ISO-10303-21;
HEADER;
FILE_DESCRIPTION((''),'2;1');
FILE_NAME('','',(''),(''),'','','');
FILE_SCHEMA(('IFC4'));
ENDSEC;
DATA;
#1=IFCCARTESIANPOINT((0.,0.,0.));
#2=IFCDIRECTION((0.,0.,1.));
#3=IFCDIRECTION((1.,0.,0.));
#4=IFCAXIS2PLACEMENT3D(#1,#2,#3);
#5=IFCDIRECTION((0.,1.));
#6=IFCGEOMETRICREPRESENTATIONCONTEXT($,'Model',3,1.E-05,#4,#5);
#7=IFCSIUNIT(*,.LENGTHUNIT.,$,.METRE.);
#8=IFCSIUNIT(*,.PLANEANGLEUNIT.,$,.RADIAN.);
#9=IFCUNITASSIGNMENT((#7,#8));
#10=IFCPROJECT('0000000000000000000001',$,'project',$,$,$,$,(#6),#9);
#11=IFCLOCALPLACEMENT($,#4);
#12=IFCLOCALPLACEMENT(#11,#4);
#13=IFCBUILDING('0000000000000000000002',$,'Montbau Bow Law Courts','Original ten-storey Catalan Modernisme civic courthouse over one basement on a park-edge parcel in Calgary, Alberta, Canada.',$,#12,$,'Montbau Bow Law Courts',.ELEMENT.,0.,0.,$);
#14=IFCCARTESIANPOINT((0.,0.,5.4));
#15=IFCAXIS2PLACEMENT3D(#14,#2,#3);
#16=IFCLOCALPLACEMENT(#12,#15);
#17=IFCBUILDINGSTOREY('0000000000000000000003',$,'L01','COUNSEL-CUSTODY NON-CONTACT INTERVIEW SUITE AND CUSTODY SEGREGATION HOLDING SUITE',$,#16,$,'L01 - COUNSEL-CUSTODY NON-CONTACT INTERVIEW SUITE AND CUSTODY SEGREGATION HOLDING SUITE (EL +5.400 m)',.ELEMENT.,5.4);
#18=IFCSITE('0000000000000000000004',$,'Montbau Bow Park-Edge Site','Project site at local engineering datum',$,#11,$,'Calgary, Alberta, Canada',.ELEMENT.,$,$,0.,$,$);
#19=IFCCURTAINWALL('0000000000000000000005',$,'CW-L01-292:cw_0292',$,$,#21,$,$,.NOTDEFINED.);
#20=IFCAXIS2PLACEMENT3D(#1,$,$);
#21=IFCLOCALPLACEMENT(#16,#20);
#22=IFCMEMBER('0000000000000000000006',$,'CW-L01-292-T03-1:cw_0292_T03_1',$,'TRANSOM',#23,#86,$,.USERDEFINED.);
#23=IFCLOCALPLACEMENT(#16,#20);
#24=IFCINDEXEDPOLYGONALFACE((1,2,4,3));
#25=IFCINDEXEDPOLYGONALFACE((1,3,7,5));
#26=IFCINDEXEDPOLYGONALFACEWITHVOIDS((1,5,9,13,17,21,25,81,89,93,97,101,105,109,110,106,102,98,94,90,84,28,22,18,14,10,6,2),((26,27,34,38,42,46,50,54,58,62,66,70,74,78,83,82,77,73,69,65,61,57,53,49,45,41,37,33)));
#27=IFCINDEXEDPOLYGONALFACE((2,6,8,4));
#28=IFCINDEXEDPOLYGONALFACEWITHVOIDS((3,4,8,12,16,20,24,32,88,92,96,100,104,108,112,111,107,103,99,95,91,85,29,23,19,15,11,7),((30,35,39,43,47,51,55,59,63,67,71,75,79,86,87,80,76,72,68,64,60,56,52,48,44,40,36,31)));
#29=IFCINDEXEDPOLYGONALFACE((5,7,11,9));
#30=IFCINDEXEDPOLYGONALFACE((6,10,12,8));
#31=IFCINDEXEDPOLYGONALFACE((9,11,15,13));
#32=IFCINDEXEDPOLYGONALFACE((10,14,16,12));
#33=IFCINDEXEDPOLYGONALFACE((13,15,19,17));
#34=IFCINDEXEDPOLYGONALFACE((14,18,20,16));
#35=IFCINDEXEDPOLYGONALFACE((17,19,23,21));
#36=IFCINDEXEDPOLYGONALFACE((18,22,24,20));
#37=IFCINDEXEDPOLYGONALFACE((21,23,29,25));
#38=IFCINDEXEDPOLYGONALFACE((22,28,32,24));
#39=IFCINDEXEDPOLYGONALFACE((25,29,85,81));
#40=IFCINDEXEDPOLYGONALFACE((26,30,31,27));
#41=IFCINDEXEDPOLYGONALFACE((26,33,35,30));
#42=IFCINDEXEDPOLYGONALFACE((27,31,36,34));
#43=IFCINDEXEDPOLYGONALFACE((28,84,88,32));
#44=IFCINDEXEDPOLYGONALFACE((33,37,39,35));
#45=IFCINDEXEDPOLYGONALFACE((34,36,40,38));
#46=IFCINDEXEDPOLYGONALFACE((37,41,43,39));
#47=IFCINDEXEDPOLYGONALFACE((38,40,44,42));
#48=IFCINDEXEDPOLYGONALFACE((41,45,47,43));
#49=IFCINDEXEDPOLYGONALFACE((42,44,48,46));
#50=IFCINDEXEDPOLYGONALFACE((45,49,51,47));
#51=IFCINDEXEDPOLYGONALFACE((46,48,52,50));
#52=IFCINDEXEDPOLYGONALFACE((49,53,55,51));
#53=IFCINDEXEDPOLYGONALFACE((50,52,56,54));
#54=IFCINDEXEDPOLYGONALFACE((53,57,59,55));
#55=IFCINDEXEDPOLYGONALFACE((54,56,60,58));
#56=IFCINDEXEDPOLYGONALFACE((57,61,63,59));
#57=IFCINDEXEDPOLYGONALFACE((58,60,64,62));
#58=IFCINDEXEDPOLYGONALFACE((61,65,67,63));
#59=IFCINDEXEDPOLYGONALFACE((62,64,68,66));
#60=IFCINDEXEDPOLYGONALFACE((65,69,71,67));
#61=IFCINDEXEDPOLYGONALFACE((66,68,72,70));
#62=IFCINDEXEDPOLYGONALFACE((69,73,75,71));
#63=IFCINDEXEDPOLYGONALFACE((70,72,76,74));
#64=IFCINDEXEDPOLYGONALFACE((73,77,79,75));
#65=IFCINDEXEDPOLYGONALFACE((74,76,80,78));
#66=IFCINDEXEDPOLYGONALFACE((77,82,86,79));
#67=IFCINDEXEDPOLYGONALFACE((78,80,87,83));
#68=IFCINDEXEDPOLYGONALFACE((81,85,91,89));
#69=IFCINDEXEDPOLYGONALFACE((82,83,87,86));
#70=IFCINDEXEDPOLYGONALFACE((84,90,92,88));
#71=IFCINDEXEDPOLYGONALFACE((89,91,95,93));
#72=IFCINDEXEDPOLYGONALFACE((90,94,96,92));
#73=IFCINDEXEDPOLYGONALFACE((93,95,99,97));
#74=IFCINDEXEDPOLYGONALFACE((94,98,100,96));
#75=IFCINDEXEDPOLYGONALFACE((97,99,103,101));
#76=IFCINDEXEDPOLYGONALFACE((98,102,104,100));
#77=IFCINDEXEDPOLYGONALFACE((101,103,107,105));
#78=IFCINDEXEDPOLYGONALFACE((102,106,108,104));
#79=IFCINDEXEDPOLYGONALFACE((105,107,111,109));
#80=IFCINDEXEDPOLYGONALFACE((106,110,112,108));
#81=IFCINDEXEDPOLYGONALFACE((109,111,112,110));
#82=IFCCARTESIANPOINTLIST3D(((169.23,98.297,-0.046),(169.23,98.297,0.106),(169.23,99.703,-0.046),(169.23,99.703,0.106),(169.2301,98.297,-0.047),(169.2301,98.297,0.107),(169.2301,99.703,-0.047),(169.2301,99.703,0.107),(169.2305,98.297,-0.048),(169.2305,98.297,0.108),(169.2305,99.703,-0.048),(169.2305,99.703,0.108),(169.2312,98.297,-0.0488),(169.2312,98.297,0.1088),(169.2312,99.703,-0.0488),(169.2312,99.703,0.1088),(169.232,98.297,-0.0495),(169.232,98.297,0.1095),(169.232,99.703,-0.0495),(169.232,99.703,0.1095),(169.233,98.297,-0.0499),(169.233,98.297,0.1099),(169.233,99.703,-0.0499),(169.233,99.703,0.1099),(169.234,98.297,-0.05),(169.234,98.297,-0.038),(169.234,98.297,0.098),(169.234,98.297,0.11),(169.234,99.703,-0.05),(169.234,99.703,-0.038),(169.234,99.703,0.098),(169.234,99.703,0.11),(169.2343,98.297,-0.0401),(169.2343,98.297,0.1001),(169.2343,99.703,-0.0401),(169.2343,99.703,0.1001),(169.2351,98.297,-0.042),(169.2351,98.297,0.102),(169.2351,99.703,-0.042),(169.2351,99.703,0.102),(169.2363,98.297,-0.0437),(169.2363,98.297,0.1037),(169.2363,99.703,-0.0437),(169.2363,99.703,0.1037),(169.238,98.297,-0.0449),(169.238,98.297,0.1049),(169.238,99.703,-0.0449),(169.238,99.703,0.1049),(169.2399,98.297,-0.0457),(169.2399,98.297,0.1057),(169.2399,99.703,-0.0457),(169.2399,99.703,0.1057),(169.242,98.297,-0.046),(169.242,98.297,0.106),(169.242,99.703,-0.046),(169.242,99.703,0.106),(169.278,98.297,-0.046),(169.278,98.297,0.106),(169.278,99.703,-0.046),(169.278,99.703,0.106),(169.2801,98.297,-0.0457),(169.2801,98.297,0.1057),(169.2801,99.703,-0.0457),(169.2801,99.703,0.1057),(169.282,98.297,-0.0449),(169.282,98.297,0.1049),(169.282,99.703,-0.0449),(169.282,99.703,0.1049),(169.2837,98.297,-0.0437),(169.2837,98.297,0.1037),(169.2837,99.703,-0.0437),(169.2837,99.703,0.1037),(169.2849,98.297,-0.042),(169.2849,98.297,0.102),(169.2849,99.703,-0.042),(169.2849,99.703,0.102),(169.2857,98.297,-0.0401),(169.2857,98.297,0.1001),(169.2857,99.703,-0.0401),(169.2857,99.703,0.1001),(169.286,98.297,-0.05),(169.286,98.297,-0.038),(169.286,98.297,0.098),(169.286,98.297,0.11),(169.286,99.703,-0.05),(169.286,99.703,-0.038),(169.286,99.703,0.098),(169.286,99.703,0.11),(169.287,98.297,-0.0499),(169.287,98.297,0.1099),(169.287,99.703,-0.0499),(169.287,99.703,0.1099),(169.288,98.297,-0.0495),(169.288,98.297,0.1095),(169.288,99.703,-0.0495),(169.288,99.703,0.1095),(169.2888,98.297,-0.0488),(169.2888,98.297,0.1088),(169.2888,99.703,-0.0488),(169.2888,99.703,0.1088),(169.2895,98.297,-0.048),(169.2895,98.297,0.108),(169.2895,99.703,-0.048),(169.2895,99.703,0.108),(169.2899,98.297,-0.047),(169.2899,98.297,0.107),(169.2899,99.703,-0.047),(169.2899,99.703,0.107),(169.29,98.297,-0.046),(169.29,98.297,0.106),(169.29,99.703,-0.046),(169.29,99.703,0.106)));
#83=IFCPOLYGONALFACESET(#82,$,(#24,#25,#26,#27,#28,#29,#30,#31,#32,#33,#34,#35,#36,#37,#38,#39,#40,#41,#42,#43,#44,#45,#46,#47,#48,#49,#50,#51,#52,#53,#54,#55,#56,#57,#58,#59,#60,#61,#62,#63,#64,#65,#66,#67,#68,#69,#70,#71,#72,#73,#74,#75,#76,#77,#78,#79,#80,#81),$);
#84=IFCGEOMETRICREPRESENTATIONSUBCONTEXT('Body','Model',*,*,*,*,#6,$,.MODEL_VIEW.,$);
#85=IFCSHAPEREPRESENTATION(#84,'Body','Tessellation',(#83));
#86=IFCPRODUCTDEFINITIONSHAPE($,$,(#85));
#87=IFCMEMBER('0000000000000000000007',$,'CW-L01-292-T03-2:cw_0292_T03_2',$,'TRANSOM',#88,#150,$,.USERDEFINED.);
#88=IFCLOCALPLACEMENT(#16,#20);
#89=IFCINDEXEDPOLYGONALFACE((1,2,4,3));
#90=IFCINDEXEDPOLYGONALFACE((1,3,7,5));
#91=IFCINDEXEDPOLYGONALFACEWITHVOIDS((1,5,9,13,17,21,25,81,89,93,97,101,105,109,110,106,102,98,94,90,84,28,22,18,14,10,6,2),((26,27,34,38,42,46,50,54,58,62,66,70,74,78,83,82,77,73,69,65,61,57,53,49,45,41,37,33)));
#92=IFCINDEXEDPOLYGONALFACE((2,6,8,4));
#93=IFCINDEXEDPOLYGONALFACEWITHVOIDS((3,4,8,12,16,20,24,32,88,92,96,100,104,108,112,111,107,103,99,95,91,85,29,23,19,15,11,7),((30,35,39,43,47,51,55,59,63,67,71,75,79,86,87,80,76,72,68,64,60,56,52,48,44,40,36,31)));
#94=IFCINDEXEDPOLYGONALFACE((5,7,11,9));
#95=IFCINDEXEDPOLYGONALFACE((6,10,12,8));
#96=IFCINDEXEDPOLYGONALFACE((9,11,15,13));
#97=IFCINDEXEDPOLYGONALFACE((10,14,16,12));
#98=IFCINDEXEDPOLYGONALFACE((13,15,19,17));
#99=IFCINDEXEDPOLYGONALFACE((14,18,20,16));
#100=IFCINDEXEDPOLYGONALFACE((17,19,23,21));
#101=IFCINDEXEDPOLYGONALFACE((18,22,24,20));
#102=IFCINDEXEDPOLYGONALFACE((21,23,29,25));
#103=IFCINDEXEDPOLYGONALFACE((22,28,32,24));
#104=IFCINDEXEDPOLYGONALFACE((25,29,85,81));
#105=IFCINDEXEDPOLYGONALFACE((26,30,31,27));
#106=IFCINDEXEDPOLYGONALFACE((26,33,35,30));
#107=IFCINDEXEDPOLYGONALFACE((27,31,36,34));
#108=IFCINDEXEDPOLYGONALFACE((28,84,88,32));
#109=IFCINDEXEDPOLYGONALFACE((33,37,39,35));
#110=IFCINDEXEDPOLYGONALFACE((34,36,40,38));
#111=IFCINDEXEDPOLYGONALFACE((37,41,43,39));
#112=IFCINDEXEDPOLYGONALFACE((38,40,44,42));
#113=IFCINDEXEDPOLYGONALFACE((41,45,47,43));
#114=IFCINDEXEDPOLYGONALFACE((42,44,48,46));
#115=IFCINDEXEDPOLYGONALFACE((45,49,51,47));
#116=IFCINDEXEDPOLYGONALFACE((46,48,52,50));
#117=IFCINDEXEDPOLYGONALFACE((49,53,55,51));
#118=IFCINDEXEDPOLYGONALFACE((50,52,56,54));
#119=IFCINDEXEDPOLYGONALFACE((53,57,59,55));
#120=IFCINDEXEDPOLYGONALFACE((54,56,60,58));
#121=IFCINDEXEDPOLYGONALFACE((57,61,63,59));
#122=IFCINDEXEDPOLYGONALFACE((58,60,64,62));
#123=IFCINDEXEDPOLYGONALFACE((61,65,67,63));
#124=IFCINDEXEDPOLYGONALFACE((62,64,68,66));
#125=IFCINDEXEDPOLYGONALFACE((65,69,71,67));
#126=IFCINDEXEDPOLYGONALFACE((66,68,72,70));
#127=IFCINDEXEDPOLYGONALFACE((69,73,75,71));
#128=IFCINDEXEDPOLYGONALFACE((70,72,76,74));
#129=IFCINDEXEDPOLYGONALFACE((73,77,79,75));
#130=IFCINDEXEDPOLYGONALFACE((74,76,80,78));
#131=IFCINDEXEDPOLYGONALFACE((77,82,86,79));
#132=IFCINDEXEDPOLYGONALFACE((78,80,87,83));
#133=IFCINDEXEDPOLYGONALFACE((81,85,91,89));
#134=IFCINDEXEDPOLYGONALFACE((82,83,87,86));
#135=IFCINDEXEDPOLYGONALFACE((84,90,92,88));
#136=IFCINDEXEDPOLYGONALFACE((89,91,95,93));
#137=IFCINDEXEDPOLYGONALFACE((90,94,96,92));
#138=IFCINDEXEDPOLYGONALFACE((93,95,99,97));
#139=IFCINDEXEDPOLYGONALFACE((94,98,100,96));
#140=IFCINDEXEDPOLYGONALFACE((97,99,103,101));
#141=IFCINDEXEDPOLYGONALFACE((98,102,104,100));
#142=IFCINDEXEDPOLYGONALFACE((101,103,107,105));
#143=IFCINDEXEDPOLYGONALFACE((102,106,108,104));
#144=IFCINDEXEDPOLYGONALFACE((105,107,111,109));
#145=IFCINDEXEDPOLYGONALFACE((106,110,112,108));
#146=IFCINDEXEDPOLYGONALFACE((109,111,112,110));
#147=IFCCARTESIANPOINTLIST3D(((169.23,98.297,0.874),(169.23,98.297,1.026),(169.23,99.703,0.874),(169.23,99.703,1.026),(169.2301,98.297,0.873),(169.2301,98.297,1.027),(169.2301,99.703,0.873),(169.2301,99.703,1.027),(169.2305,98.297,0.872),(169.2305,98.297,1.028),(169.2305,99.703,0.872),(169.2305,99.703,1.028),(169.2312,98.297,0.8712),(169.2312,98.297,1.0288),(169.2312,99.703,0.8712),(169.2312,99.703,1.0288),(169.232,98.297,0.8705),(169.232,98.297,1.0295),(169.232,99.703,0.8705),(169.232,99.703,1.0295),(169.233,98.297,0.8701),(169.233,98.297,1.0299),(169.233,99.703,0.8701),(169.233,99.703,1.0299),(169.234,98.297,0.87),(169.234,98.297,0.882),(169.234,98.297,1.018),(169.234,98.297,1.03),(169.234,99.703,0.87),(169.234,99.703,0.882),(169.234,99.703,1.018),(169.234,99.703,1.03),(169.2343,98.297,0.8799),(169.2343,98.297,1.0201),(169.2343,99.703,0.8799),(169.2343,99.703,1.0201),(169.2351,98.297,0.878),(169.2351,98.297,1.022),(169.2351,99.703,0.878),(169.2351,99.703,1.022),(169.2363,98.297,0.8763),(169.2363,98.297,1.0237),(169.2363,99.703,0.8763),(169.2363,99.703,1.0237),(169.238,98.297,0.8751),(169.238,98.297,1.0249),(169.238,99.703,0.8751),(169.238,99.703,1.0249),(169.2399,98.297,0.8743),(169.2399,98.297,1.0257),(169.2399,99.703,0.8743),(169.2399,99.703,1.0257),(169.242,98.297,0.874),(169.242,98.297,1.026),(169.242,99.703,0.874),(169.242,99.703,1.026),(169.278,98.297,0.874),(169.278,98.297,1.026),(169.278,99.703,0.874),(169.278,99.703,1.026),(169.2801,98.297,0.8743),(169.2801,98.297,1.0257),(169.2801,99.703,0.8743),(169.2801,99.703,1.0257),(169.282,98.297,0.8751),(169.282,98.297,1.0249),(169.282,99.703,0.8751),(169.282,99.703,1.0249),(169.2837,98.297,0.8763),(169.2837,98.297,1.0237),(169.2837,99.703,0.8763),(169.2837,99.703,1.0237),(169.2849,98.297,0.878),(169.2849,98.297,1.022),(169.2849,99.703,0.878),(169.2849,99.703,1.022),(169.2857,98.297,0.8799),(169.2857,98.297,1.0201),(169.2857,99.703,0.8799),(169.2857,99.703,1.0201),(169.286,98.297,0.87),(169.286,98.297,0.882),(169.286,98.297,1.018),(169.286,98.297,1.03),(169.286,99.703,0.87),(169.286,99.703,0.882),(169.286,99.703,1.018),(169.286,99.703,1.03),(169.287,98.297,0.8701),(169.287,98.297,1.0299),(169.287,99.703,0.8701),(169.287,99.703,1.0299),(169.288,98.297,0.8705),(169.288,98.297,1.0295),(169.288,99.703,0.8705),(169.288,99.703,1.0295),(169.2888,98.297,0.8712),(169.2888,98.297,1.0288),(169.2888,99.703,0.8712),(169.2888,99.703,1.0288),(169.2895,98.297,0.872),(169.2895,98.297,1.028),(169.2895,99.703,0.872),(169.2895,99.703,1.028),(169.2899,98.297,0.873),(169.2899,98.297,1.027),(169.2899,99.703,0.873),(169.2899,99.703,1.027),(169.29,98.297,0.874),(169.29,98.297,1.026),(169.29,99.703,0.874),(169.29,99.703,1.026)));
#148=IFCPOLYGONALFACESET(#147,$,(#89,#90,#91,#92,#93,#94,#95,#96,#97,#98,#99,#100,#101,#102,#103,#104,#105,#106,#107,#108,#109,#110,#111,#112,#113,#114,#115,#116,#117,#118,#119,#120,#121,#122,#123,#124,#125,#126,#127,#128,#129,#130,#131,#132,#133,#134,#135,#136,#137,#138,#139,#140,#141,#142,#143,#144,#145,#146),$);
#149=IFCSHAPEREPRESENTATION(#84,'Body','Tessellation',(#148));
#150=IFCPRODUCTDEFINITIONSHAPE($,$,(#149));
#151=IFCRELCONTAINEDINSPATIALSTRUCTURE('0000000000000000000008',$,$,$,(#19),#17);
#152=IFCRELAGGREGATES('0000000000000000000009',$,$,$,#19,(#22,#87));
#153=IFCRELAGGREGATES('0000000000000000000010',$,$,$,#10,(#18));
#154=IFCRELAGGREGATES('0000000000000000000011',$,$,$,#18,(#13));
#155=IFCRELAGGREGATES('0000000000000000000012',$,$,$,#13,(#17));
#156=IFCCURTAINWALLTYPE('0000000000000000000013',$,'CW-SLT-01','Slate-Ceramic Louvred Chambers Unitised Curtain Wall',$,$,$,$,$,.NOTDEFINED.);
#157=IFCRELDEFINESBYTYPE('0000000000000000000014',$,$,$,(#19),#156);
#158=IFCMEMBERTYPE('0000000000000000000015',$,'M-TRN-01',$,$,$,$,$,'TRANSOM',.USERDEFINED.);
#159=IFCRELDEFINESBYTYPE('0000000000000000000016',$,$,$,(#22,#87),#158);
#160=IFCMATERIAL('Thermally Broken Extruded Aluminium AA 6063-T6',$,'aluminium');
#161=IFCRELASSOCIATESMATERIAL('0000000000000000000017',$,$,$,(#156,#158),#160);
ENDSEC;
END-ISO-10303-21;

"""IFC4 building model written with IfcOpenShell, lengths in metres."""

from ifc_helpers import new_model, si_unit, direction, frame, origin_with_axes, origin_2d_with_axis, place, context, subcontext, project, spatial, hollow_rectangle, extrude, material, material_profile, profile_set, type_object, element, aggregate, save


model = new_model("IFC4")

# Units and contexts
model_context = context("Model", 3, precision=1e-05, world=origin_with_axes(), true_north=direction((0.0, 1.0)))
body_context = subcontext(model_context, "Body", "Model", "MODEL_VIEW")
ifc_project = project(units=[si_unit("LENGTHUNIT", "METRE"), si_unit("PLANEANGLEUNIT", "RADIAN")], contexts=[model_context])

# Site, building, storey
site_placement = place(None, origin_with_axes())
site = spatial("IfcSite", under=ifc_project, at=site_placement, Name="Montbau Bow Park-Edge Site", Description="Project site at local engineering datum", LongName="Calgary, Alberta, Canada", CompositionType="ELEMENT", RefElevation=0.0)
building_placement = place(site_placement, origin_with_axes())
building = spatial("IfcBuilding", under=site, at=building_placement, Name="Montbau Bow Law Courts", Description="Original ten-storey Catalan Modernisme civic courthouse over one basement on a park-edge parcel in Calgary, Alberta, Canada.", LongName="Montbau Bow Law Courts", CompositionType="ELEMENT", ElevationOfRefHeight=0.0, ElevationOfTerrain=0.0)
storey_placement = place(building_placement, frame((0.0, 0.0, 5.4), z_axis=(0.0, 0.0, 1.0), x_axis=(1.0, 0.0, 0.0)))
storey = spatial("IfcBuildingStorey", under=building, at=storey_placement, Name="L01", Description="COUNSEL-CUSTODY NON-CONTACT INTERVIEW SUITE AND CUSTODY SEGREGATION HOLDING SUITE", LongName="L01 - COUNSEL-CUSTODY NON-CONTACT INTERVIEW SUITE AND CUSTODY SEGREGATION HOLDING SUITE (EL +5.400 m)", CompositionType="ELEMENT", Elevation=5.4)

# Curtain wall, members
ifc_material_1 = material(Name="Thermally Broken Extruded Aluminium AA 6063-T6", Category="aluminium")
curtain_wall_type = type_object("IfcCurtainWallType", Name="CW-SLT-01", Description="Slate-Ceramic Louvred Chambers Unitised Curtain Wall", PredefinedType="NOTDEFINED", material=ifc_material_1)
curtain_wall_placement = place(None, frame((169.26, 95.315, 5.4), z_axis=(0.0, 0.0, 1.0), x_axis=(1.0, 0.0, 0.0)))
curtain_wall = element("IfcCurtainWall", 1, at=curtain_wall_placement, inside=storey, type_object=curtain_wall_type, Name="CW-L01-292:cw_0292", PredefinedType="NOTDEFINED")
ifc_material_profile_1 = material_profile(ifc_material_1, hollow_rectangle(XDim=0.06, YDim=0.16, WallThickness=0.004, InnerFilletRadius=0.008, OuterFilletRadius=0.004, at=origin_2d_with_axis()), Name="CWT-160X60", Category="Main", Priority=0)
ifc_profile_set_1 = profile_set([ifc_material_profile_1], Name="Thermally Broken Extruded Aluminium AA 6063-T6")
member_type_1 = type_object("IfcMemberType", Name="M-TRN-01", ElementType="TRANSOM", PredefinedType="USERDEFINED", material=ifc_profile_set_1)
member_1_placement = place(None, frame((169.26, 98.297, 5.43), z_axis=(0.0, 1.0, 0.0), x_axis=(-1.0, 0.0, 0.0)))
member_1 = element("IfcMember", 2, at=member_1_placement, type_object=member_type_1, Name="CW-L01-292-T03-1:cw_0292_T03_1", ObjectType="TRANSOM", PredefinedType="USERDEFINED", context=body_context, shape_type="SweptSolid", body=[
    extrude(hollow_rectangle(XDim=0.06, YDim=0.16, WallThickness=0.004, InnerFilletRadius=0.008, OuterFilletRadius=0.004, at=origin_2d_with_axis()), origin_with_axes(), (0.0, 0.0, 1.0), 1.406),
])
member_2_placement = place(None, frame((169.26, 98.297, 6.35), z_axis=(0.0, 1.0, 0.0), x_axis=(-1.0, 0.0, 0.0)))
member_2 = element("IfcMember", 3, at=member_2_placement, type_object=member_type_1, Name="CW-L01-292-T03-2:cw_0292_T03_2", ObjectType="TRANSOM", PredefinedType="USERDEFINED", context=body_context, shape_type="SweptSolid", body=[
    extrude(hollow_rectangle(XDim=0.06, YDim=0.16, WallThickness=0.004, InnerFilletRadius=0.008, OuterFilletRadius=0.004, at=origin_2d_with_axis()), origin_with_axes(), (0.0, 0.0, 1.0), 1.406),
])
aggregate(curtain_wall, [member_1, member_2])

save(model, "model.ifc")
